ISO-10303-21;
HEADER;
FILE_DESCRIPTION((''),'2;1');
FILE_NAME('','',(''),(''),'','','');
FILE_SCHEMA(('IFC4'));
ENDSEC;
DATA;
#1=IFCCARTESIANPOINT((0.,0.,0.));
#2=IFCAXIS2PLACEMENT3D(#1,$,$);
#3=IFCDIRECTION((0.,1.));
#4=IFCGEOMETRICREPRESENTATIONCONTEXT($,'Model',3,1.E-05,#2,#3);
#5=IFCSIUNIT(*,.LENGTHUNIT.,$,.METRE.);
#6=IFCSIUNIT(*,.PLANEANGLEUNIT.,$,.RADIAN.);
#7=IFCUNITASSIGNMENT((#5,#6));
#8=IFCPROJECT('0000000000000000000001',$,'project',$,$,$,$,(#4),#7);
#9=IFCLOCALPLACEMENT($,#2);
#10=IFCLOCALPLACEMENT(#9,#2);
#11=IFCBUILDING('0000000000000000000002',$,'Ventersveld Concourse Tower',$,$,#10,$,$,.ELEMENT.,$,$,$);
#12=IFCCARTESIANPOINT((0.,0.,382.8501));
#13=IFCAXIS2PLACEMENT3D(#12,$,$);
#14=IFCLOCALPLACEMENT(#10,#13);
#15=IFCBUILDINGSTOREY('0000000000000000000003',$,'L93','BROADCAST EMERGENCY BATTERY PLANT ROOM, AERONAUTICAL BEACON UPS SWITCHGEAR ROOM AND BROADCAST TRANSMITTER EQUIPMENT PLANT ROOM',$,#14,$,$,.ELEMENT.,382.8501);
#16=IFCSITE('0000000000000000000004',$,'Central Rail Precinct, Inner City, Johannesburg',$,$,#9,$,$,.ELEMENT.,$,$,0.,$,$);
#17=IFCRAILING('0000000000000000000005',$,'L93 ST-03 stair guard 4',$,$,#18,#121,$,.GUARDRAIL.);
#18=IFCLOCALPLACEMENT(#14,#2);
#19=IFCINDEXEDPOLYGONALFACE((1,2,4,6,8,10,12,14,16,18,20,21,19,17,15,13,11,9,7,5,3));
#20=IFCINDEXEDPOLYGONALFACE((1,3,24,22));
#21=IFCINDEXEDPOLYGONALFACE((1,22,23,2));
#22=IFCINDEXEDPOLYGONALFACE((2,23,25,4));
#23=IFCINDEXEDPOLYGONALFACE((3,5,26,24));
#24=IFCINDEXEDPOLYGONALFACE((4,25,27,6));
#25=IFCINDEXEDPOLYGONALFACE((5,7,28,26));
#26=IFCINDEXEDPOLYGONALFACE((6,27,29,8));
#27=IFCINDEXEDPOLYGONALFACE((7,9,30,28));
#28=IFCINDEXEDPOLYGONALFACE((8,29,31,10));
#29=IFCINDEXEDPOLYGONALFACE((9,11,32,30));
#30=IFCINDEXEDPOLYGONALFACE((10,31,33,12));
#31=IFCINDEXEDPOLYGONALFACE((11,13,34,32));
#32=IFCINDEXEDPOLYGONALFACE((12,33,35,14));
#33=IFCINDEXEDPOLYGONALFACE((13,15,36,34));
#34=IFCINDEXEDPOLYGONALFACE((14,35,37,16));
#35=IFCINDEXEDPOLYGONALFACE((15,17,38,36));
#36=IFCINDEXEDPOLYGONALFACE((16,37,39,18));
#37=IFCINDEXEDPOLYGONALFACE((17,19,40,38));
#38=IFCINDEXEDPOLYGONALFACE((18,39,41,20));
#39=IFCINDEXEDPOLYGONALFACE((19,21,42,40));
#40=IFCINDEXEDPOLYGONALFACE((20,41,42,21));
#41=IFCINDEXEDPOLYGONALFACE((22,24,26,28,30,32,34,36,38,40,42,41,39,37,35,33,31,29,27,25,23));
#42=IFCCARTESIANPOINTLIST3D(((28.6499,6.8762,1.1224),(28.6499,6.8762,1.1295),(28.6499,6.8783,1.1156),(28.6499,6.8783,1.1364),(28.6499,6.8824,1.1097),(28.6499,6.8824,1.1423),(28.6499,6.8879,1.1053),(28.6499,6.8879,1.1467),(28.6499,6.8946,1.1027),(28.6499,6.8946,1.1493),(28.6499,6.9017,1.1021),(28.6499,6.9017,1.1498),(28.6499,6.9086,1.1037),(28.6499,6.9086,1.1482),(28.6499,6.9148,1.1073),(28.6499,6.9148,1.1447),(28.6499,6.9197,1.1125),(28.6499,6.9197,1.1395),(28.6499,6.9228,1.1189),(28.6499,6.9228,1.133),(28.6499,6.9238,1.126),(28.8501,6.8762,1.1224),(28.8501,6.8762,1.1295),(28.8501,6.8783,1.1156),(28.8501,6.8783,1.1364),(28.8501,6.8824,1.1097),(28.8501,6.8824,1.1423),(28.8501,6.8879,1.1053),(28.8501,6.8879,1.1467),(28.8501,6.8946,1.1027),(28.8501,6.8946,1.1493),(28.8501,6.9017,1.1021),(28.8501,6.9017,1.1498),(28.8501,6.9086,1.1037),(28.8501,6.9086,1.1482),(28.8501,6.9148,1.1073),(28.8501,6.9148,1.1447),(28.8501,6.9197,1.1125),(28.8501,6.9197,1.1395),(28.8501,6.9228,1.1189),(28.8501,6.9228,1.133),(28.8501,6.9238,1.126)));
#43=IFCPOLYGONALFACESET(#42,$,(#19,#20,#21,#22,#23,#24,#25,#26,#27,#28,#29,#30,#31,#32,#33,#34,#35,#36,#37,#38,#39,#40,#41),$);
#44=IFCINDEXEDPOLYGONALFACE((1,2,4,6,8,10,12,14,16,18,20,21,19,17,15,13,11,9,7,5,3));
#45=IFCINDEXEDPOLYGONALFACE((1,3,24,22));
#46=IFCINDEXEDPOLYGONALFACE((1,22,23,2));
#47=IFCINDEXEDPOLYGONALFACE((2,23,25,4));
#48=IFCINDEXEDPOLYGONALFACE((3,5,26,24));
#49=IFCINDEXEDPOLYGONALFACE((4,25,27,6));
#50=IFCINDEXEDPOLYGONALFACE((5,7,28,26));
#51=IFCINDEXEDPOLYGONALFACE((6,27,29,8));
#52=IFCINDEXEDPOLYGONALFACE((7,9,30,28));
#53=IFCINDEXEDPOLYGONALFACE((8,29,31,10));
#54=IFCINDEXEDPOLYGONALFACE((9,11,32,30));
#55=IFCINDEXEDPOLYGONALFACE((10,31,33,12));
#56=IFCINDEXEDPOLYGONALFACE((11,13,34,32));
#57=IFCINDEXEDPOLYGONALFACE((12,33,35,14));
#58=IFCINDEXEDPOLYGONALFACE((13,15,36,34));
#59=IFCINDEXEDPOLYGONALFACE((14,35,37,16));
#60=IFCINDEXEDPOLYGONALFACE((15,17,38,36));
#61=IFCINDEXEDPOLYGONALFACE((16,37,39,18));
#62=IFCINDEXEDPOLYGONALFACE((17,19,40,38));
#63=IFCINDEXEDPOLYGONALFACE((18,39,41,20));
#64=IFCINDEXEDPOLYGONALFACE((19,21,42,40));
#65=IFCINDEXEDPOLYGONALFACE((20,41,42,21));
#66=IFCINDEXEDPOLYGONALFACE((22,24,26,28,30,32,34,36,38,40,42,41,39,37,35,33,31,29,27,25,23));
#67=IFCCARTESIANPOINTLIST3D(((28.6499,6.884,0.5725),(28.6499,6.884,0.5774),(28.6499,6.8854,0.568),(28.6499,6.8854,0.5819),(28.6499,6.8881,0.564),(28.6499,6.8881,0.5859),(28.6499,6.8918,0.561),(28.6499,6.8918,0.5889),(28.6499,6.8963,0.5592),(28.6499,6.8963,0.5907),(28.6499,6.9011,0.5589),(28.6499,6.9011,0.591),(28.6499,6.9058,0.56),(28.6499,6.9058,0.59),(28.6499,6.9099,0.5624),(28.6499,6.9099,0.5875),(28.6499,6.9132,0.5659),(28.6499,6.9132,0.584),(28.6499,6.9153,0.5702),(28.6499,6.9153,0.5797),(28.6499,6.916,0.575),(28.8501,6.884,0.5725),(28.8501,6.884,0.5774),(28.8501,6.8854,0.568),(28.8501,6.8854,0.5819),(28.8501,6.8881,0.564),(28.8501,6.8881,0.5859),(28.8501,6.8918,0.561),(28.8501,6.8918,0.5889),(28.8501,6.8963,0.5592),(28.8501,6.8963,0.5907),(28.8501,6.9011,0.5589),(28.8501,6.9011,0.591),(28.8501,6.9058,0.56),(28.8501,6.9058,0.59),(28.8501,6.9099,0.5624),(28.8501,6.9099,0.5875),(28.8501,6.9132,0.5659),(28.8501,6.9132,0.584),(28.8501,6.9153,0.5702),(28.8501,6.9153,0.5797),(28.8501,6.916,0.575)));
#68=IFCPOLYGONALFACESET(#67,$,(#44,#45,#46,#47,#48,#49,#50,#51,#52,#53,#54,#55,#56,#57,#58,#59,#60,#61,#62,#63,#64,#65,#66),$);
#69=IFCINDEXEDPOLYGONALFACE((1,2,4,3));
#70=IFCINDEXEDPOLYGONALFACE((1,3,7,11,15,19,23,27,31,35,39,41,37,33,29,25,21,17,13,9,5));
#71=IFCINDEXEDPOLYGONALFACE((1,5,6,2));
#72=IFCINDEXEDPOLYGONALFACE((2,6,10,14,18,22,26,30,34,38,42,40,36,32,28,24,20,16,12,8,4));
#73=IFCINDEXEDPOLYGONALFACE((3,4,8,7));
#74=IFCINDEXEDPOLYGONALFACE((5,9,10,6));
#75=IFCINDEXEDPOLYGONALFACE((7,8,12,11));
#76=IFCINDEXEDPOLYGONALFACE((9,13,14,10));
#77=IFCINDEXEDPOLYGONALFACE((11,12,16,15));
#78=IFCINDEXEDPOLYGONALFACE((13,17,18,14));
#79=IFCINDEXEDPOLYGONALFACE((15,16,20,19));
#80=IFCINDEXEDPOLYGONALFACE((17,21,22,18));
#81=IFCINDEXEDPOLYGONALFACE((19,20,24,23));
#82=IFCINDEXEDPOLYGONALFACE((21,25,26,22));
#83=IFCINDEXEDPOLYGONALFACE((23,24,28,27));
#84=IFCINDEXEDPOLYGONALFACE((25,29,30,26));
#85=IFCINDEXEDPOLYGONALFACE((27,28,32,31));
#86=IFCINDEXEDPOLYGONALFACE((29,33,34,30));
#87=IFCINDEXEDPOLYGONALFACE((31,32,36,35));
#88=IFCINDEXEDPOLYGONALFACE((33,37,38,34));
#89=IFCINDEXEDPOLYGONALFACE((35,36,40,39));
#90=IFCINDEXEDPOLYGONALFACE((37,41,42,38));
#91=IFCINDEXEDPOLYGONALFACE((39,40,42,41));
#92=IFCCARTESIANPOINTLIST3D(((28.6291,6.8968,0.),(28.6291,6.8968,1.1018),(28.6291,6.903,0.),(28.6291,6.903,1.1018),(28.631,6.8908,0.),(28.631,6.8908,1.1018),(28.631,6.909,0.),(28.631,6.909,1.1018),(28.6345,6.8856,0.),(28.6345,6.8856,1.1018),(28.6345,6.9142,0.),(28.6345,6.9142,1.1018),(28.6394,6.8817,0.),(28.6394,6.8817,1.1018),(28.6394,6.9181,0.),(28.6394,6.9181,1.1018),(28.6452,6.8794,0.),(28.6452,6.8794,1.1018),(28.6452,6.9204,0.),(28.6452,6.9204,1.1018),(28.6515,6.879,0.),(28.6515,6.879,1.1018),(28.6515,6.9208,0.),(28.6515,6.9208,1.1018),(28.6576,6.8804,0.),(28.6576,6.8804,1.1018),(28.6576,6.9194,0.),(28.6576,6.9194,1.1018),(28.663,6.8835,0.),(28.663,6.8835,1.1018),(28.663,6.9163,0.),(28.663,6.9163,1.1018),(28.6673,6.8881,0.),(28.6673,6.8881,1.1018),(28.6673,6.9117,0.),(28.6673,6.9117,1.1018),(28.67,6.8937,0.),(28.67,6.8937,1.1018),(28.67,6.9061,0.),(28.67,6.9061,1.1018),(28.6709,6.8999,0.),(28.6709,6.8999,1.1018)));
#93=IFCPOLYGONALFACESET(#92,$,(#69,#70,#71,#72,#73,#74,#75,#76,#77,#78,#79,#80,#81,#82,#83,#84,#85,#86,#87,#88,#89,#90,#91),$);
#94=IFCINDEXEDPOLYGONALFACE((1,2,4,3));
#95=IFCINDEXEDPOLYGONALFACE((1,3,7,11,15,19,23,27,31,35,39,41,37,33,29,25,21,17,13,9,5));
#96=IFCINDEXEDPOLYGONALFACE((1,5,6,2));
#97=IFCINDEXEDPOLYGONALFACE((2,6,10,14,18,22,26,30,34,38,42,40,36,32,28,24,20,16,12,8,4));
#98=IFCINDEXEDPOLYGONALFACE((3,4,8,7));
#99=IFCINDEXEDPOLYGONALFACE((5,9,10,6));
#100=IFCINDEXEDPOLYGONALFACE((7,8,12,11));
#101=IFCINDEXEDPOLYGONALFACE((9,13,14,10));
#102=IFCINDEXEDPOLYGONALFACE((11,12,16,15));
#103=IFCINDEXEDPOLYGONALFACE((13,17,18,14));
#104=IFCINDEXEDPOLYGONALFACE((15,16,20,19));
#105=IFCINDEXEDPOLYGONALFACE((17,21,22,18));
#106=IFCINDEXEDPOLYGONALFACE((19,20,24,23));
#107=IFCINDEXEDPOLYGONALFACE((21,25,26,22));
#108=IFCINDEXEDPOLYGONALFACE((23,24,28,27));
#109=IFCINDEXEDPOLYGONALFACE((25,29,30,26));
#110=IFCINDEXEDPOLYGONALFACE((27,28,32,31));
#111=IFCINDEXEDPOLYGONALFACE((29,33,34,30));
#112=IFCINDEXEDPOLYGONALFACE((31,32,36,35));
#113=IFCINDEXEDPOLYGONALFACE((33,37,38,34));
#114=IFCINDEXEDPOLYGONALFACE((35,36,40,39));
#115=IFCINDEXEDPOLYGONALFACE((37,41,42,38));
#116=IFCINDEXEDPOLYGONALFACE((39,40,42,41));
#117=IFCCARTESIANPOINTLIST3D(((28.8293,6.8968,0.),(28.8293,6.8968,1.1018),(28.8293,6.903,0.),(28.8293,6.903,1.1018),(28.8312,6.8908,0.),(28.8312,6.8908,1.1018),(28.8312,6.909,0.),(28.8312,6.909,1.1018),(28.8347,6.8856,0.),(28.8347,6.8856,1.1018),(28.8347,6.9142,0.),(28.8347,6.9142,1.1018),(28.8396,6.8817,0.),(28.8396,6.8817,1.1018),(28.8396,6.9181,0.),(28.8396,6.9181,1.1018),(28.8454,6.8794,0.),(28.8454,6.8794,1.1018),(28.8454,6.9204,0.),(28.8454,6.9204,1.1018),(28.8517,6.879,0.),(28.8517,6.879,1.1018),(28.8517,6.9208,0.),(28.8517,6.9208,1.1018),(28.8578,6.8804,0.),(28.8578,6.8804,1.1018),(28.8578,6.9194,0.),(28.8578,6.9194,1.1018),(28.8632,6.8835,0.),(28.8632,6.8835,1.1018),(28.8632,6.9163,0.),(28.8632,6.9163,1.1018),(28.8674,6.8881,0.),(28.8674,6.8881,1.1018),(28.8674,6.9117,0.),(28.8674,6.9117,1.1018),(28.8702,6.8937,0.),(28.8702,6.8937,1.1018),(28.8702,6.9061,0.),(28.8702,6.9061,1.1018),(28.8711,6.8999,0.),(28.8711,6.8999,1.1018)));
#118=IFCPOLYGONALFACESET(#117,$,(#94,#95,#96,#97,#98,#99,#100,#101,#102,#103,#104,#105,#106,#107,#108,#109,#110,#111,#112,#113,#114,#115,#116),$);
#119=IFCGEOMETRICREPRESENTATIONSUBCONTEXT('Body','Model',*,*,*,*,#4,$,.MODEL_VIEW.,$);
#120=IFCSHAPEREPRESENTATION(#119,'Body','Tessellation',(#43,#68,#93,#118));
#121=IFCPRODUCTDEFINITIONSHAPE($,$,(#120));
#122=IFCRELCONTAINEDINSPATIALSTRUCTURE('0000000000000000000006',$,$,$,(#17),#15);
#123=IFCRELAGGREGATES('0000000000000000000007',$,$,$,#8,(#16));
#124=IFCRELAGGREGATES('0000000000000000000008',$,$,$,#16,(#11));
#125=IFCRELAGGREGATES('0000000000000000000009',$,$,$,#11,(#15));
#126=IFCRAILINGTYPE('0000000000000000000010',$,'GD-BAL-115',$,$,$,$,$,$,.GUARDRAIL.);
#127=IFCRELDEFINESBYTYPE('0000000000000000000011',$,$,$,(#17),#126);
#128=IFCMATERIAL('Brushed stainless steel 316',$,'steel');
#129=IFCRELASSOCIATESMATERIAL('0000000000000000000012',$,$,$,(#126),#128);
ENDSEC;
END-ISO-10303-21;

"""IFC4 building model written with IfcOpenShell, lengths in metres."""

from ifc_helpers import new_model, si_unit, direction, frame, origin, origin_2d, place, context, subcontext, project, spatial, circle, extrude, material, type_object, element, save


model = new_model("IFC4")

# Units and contexts
model_context = context("Model", 3, precision=1e-05, world=origin(), true_north=direction((0.0, 1.0)))
body_context = subcontext(model_context, "Body", "Model", "MODEL_VIEW")
ifc_project = project(units=[si_unit("LENGTHUNIT", "METRE"), si_unit("PLANEANGLEUNIT", "RADIAN")], contexts=[model_context])

# Site, building, storey
site_placement = place(None, origin())
site = spatial("IfcSite", under=ifc_project, at=site_placement, Name="Central Rail Precinct, Inner City, Johannesburg", CompositionType="ELEMENT", RefElevation=0.0)
building_placement = place(site_placement, origin())
building = spatial("IfcBuilding", under=site, at=building_placement, Name="Ventersveld Concourse Tower", CompositionType="ELEMENT")
storey_placement = place(building_placement, frame((0.0, 0.0, 382.8501)))
storey = spatial("IfcBuildingStorey", under=building, at=storey_placement, Name="L93", Description="BROADCAST EMERGENCY BATTERY PLANT ROOM, AERONAUTICAL BEACON UPS SWITCHGEAR ROOM AND BROADCAST TRANSMITTER EQUIPMENT PLANT ROOM", CompositionType="ELEMENT", Elevation=382.8501)

# Shared definitions
ifc_material_1 = material(Name="Brushed stainless steel 316", Category="steel")

# Railing
railing_type_1 = type_object("IfcRailingType", Name="GD-BAL-115", PredefinedType="GUARDRAIL", material=ifc_material_1)
railing_1_placement = place(storey_placement, frame((28.6499, 6.8999, 0.0)))
element("IfcRailing", 1, at=railing_1_placement, inside=storey, type_object=railing_type_1, Name="L93 ST-03 stair guard 4", PredefinedType="GUARDRAIL", context=body_context, shape_type="SweptSolid", body=[
    extrude(circle(Radius=0.0239, at=origin_2d()), frame((0.0, 0.0, 1.126), z_axis=(1.0, 0.0, 0.0), x_axis=(0.0, 1.0, 0.0)), (0.0, 0.0, 1.0), 0.2002),
    extrude(circle(Radius=0.0161, at=origin_2d()), frame((0.0, 0.0, 0.575), z_axis=(1.0, 0.0, 0.0), x_axis=(0.0, 1.0, 0.0)), (0.0, 0.0, 1.0), 0.2002),
    extrude(circle(Radius=0.021, at=origin_2d()), origin(), (0.0, 0.0, 1.0), 1.1018),
    extrude(circle(Radius=0.021, at=origin_2d()), frame((0.2002, 0.0, 0.0)), (0.0, 0.0, 1.0), 1.1018),
])

save(model, "model.ifc")
